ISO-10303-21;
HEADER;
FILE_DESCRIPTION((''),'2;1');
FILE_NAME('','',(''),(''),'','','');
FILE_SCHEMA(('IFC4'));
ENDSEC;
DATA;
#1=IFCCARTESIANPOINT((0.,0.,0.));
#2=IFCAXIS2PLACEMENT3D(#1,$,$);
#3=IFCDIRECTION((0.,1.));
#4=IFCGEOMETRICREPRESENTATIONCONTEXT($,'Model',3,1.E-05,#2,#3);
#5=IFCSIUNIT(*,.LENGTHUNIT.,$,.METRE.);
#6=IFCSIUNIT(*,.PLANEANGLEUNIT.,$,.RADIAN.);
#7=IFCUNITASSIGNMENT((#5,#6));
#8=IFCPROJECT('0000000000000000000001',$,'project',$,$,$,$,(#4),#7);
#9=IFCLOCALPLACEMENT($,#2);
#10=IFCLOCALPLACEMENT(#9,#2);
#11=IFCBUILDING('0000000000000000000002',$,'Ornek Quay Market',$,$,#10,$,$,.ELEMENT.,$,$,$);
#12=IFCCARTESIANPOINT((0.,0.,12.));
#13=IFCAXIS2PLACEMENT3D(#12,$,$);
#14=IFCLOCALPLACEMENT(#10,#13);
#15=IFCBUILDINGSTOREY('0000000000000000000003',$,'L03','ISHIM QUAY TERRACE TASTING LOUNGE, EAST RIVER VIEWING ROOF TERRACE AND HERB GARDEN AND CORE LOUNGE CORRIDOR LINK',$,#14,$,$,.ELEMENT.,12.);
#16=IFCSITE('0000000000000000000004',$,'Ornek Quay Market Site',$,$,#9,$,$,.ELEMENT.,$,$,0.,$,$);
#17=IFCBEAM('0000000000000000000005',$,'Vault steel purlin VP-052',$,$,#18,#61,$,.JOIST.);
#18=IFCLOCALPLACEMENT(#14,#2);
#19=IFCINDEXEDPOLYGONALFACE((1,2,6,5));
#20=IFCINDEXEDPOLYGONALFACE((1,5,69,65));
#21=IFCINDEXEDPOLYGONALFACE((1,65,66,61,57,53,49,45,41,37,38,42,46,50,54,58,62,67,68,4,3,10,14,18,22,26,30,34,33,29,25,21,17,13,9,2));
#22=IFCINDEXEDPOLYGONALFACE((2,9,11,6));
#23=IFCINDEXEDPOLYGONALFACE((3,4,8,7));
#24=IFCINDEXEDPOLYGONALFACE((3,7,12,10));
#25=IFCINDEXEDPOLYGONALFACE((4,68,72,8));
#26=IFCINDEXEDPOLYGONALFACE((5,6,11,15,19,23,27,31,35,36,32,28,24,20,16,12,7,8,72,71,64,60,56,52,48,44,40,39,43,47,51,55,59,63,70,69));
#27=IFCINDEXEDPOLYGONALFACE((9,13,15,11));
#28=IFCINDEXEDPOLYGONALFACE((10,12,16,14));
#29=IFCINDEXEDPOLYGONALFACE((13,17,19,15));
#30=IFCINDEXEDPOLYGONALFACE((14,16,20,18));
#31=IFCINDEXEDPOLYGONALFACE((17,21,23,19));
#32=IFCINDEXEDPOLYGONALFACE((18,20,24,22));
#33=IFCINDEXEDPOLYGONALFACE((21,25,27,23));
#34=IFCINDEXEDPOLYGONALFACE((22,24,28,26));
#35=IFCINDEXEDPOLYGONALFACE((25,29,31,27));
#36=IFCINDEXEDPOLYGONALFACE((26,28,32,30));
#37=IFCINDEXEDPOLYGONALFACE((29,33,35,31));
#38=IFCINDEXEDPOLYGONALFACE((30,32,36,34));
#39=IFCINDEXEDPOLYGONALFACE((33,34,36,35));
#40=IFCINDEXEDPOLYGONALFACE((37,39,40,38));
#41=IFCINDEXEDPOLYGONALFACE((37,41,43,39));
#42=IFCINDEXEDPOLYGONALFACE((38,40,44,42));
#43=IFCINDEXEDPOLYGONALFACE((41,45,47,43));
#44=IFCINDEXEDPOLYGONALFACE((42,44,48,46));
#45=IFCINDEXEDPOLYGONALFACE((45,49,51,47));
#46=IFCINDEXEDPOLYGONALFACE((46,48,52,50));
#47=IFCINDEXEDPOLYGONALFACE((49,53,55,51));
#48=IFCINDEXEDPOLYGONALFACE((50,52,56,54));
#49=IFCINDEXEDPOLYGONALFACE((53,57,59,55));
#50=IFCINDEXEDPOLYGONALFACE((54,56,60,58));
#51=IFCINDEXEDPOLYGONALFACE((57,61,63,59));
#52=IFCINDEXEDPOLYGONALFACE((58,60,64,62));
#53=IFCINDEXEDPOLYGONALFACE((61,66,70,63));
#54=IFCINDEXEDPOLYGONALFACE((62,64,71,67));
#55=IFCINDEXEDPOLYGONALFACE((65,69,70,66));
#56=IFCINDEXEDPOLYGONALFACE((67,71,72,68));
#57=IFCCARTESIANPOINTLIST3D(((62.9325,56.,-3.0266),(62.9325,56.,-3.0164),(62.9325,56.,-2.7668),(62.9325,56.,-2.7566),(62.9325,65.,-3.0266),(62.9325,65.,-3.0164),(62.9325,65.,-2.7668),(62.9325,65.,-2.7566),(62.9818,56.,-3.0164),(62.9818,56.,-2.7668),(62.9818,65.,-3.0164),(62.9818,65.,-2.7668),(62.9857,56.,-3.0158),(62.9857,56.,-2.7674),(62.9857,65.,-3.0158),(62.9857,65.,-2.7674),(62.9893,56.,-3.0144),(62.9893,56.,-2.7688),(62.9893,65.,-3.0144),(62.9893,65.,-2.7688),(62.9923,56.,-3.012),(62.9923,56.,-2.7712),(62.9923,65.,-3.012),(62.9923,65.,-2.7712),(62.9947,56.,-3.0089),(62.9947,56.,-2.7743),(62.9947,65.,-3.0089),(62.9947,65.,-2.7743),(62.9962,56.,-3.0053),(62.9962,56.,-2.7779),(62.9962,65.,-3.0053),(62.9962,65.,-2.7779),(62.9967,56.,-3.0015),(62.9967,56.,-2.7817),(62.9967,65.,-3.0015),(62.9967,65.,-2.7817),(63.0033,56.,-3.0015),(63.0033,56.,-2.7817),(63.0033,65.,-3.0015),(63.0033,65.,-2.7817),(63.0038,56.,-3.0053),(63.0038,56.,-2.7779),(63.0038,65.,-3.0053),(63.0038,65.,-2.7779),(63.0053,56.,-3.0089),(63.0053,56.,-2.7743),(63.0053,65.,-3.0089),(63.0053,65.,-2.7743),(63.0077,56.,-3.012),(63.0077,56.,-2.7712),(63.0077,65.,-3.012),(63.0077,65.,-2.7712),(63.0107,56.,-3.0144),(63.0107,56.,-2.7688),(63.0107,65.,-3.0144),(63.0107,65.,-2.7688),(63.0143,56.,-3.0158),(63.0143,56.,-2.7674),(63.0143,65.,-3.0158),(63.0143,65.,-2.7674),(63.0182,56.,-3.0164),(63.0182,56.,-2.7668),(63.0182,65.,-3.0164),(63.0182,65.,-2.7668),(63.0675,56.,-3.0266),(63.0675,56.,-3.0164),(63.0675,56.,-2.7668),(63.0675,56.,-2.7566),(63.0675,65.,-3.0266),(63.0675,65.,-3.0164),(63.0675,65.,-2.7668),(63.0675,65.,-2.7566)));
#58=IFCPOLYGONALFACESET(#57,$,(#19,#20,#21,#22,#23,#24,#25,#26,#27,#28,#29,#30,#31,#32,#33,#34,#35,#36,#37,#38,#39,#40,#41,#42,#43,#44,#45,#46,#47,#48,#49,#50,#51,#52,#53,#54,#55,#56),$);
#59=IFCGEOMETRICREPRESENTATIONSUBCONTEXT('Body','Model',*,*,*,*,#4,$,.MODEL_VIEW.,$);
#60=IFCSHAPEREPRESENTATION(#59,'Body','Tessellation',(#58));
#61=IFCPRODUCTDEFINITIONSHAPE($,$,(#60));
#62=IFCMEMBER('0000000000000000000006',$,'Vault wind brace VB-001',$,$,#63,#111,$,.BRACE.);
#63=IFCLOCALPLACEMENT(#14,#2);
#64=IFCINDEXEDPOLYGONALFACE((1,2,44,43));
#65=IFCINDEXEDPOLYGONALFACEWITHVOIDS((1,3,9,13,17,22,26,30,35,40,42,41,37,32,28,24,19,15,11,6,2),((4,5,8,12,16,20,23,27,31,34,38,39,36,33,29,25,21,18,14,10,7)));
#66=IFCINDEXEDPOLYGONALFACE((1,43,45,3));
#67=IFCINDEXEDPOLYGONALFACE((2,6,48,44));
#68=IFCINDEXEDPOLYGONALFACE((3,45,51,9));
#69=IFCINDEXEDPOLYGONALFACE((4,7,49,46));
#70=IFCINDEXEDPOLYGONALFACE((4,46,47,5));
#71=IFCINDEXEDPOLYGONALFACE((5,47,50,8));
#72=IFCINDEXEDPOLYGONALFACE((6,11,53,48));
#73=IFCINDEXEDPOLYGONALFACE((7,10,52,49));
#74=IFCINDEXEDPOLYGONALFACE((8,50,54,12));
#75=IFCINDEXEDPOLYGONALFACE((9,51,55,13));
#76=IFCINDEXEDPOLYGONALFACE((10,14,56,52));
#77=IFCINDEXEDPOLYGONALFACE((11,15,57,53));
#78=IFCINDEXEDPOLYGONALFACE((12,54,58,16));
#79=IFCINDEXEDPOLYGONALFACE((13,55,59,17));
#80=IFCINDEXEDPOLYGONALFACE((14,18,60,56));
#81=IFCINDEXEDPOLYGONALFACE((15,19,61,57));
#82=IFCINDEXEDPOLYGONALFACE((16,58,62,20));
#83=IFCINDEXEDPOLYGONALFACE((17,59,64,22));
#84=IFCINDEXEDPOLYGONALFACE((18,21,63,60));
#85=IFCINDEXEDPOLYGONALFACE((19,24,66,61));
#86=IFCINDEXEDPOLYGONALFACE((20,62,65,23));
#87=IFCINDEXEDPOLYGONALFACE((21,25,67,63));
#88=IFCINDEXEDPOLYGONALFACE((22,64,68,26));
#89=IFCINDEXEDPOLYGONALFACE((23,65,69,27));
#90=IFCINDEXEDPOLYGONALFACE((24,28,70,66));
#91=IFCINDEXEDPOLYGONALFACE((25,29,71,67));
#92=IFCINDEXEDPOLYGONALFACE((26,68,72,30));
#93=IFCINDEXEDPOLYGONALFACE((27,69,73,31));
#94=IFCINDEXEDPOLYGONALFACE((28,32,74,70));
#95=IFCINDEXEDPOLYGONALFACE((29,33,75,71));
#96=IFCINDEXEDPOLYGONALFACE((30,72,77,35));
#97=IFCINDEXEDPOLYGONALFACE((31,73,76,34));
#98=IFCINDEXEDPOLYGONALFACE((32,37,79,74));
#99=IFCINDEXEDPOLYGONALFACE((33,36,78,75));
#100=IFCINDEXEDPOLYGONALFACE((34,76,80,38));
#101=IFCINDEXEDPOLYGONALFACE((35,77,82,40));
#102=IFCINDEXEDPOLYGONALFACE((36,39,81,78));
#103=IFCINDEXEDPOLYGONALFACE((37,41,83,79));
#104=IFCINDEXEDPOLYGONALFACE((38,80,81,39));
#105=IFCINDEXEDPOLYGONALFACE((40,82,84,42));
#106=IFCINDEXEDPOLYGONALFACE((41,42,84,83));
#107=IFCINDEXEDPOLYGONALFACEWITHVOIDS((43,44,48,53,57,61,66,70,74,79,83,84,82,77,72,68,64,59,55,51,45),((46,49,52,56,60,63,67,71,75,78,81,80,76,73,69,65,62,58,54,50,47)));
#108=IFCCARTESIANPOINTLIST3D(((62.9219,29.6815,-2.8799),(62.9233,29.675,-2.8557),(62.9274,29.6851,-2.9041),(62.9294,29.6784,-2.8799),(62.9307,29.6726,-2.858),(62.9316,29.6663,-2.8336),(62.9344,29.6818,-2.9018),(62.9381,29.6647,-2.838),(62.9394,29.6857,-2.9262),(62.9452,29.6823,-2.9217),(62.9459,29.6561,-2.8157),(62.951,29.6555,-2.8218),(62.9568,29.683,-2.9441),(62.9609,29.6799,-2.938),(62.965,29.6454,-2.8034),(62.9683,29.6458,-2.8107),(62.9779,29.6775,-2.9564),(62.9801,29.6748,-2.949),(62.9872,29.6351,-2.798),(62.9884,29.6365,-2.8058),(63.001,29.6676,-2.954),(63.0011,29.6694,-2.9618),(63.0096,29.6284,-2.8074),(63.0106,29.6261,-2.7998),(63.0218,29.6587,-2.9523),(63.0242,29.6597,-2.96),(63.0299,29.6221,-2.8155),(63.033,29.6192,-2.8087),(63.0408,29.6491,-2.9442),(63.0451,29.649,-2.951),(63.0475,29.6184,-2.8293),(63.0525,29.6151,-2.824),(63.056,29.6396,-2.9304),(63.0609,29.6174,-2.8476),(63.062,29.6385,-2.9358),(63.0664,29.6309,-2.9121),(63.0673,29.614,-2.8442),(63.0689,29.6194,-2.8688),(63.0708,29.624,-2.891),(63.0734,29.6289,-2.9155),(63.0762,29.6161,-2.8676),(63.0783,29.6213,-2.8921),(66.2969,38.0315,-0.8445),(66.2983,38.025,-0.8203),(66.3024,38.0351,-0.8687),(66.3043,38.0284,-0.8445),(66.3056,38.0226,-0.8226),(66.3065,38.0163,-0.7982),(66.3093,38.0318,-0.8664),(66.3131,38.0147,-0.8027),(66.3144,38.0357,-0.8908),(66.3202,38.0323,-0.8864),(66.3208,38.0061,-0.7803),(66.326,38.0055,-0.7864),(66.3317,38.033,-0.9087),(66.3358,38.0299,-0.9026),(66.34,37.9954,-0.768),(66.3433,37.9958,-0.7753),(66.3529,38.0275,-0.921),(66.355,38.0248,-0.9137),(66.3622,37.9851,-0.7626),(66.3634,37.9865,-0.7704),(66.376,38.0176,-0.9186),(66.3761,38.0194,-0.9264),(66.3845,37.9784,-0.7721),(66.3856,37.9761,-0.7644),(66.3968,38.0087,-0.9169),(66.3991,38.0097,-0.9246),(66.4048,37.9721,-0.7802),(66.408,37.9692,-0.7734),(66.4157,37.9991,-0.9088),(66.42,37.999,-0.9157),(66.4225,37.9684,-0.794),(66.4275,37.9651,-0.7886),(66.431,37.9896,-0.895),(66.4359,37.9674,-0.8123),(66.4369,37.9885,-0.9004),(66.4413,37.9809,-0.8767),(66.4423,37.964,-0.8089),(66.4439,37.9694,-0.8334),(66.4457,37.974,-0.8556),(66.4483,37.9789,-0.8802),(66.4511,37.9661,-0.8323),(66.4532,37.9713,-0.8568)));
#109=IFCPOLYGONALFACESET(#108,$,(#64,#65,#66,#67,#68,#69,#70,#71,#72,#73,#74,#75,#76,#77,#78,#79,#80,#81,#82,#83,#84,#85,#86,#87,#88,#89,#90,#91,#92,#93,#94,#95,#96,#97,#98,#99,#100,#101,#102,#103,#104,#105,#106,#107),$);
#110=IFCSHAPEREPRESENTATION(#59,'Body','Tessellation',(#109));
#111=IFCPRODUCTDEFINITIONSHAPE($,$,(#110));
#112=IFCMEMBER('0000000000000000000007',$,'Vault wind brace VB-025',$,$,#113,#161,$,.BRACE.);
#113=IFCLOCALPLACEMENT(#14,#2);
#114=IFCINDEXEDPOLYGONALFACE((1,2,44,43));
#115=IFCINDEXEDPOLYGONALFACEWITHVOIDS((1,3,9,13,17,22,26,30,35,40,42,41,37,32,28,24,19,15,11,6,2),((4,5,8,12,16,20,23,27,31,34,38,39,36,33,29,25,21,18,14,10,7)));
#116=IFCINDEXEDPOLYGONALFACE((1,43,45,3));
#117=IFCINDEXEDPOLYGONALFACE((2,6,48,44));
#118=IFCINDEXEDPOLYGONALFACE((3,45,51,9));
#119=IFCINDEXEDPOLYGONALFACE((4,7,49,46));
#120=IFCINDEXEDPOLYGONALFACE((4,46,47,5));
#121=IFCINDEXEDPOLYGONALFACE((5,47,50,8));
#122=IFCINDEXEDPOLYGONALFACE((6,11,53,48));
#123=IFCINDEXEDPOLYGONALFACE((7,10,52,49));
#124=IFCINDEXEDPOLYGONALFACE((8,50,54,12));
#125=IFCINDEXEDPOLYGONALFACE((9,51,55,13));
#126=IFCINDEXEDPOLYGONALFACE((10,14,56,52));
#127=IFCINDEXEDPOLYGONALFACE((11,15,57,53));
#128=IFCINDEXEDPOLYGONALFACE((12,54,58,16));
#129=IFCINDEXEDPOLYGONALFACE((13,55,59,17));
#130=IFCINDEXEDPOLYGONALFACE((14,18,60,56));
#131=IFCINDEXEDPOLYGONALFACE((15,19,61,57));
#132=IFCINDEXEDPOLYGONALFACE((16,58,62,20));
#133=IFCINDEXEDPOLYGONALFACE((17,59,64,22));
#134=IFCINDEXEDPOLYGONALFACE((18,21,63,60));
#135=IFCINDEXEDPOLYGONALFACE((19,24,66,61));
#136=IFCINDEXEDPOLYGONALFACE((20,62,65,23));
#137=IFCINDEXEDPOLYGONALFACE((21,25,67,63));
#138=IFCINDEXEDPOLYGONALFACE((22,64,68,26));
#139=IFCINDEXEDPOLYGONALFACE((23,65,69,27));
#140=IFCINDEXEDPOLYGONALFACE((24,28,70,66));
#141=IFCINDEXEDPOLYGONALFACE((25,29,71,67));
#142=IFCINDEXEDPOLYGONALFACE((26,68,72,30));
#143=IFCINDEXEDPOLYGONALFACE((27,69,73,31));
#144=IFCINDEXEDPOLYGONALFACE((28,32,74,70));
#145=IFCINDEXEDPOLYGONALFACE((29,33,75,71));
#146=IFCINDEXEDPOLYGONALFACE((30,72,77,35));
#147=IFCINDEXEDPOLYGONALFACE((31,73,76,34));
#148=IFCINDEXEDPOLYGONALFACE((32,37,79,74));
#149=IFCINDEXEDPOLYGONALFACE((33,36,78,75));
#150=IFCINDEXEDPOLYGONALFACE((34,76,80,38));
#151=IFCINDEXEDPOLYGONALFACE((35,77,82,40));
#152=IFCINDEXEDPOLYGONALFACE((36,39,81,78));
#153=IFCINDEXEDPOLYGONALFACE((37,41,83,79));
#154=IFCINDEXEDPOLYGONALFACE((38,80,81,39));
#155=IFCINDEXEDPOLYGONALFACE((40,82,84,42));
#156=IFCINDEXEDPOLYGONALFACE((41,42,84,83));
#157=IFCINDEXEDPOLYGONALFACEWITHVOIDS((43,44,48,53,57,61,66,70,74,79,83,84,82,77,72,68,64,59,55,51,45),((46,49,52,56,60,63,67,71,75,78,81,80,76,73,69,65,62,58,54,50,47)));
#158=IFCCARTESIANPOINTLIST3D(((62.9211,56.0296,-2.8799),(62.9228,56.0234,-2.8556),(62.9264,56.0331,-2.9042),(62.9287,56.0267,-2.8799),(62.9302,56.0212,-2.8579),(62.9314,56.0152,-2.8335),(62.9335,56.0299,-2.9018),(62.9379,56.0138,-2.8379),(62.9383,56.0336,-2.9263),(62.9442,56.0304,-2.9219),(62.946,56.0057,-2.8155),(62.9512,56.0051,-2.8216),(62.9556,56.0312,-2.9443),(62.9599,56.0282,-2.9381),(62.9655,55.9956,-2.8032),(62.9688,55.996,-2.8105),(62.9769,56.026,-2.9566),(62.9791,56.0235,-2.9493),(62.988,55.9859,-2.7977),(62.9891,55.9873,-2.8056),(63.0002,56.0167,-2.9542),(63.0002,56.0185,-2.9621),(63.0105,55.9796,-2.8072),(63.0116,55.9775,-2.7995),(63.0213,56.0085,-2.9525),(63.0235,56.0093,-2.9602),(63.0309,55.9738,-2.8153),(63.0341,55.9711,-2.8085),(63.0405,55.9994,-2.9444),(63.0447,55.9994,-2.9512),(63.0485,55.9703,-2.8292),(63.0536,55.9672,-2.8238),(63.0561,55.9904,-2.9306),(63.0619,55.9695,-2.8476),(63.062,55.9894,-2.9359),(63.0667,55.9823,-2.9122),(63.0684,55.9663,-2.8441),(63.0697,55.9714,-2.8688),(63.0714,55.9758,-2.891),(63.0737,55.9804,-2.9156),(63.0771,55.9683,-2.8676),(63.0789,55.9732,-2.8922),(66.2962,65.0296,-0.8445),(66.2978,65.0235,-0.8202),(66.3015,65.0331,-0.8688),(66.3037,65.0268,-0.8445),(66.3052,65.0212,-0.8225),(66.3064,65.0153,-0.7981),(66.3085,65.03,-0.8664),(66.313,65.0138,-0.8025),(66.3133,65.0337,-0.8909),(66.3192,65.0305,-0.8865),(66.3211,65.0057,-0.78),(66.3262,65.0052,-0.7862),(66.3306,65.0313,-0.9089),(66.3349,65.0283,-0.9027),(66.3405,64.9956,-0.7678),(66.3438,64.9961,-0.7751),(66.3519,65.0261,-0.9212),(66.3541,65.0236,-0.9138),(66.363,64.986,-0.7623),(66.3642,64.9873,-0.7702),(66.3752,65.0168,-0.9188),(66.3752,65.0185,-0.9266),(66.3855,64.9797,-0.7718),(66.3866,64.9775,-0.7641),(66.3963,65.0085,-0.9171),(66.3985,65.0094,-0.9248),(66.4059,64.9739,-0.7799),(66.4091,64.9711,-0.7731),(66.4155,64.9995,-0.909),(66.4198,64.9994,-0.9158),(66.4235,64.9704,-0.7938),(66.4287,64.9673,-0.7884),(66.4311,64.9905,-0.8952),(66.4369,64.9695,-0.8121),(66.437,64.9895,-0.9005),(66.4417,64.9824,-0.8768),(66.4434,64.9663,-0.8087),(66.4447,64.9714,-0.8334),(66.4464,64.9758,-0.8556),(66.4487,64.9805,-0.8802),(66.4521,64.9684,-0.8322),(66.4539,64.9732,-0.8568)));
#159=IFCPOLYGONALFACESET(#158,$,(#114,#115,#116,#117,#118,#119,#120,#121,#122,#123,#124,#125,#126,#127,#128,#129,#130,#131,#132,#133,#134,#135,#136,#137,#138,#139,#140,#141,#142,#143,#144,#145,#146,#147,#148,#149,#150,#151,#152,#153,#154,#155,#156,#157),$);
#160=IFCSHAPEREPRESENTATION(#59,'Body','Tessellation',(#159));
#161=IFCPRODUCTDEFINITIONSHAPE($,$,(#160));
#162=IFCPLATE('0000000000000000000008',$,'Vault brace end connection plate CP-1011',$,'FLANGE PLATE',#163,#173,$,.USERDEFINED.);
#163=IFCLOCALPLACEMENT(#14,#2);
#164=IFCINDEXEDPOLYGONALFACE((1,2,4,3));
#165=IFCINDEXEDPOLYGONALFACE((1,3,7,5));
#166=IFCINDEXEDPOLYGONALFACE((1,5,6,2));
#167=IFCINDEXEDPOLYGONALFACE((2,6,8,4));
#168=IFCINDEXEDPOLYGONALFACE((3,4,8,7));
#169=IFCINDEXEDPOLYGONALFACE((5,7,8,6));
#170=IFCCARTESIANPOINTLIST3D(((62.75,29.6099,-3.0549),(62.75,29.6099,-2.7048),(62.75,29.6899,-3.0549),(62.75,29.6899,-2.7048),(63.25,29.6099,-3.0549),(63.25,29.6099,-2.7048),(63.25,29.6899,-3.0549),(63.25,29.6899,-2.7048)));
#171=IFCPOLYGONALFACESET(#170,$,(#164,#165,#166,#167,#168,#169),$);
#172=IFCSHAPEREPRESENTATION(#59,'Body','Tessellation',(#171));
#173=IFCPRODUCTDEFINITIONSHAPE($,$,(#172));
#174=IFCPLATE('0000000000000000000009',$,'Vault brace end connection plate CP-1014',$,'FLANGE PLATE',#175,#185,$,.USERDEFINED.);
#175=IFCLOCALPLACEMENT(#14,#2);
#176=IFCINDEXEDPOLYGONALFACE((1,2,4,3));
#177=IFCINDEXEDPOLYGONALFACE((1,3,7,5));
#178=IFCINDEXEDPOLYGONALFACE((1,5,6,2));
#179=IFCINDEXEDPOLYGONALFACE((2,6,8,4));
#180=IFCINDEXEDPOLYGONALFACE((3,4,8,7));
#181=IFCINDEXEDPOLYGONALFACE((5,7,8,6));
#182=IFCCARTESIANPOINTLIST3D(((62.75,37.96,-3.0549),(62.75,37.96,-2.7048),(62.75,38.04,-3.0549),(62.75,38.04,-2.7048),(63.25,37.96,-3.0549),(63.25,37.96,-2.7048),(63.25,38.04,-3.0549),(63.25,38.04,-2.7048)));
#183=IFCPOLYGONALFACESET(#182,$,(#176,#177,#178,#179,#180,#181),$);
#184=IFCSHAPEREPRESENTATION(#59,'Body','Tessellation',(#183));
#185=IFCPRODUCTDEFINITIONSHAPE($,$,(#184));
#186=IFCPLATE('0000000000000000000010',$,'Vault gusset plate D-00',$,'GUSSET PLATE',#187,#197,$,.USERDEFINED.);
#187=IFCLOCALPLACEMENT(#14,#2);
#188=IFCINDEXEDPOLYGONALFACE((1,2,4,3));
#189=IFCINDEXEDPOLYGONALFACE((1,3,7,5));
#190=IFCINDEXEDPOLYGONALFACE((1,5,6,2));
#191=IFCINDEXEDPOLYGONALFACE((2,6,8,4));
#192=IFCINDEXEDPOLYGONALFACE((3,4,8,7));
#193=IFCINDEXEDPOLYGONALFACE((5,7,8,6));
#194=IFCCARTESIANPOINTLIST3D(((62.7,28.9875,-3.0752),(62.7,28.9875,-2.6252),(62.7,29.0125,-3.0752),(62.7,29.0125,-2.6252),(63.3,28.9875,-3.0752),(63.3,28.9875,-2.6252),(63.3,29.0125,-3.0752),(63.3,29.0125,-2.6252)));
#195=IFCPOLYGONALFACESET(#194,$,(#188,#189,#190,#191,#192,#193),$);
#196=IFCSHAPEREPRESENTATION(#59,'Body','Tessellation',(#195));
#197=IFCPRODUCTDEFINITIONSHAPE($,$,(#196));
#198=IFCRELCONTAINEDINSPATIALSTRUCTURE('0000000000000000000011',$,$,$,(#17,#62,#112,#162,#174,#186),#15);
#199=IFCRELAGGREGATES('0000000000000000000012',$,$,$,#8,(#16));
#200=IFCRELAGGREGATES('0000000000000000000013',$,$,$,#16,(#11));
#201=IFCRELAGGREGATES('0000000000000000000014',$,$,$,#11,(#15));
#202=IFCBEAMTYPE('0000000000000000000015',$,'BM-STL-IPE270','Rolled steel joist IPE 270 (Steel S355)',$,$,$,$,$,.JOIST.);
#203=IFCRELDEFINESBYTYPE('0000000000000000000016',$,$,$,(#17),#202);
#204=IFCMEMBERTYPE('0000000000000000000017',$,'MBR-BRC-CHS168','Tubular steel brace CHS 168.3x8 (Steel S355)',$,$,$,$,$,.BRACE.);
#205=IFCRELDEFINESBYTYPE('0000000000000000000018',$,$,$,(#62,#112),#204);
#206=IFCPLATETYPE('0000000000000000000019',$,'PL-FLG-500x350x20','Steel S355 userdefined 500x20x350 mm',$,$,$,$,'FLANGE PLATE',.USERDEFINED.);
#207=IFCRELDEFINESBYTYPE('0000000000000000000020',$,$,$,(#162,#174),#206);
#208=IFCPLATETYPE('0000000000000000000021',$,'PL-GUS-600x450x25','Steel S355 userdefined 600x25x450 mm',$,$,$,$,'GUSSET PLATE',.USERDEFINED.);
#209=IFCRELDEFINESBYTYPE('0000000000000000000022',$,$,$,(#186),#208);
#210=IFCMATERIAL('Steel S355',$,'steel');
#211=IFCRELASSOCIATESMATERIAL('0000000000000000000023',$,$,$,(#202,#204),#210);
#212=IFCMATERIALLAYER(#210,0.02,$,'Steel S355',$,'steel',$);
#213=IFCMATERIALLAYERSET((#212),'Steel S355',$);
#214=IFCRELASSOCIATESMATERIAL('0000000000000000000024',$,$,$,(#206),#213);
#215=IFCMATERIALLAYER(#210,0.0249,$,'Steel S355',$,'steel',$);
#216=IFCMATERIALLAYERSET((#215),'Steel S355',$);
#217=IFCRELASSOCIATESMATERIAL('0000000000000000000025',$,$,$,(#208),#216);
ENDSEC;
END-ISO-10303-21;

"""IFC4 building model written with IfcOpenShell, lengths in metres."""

from ifc_helpers import new_model, si_unit, direction, frame, origin, origin_2d, place, context, subcontext, project, spatial, rectangle, hollow_circle, i_section, extrude, material, layer, layer_set, material_profile, profile_set, type_object, element, save


model = new_model("IFC4")

# Units and contexts
model_context = context("Model", 3, precision=1e-05, world=origin(), true_north=direction((0.0, 1.0)))
body_context = subcontext(model_context, "Body", "Model", "MODEL_VIEW")
ifc_project = project(units=[si_unit("LENGTHUNIT", "METRE"), si_unit("PLANEANGLEUNIT", "RADIAN")], contexts=[model_context])

# Site, building, storey
site_placement = place(None, origin())
site = spatial("IfcSite", under=ifc_project, at=site_placement, Name="Ornek Quay Market Site", CompositionType="ELEMENT", RefElevation=0.0)
building_placement = place(site_placement, origin())
building = spatial("IfcBuilding", under=site, at=building_placement, Name="Ornek Quay Market", CompositionType="ELEMENT")
storey_placement = place(building_placement, frame((0.0, 0.0, 12.0)))
storey = spatial("IfcBuildingStorey", under=building, at=storey_placement, Name="L03", Description="ISHIM QUAY TERRACE TASTING LOUNGE, EAST RIVER VIEWING ROOF TERRACE AND HERB GARDEN AND CORE LOUNGE CORRIDOR LINK", CompositionType="ELEMENT", Elevation=12.0)

# Beam
ifc_material_1 = material(Name="Steel S355", Category="steel")
ifc_material_profile_1 = material_profile(ifc_material_1, i_section(OverallWidth=0.135, OverallDepth=0.27, WebThickness=0.0066, FlangeThickness=0.0103, FilletRadius=0.0149, at=origin_2d()), Name="IPE 270", Category="steel")
ifc_profile_set_1 = profile_set([ifc_material_profile_1], Name="Steel S355")
beam_type = type_object("IfcBeamType", Name="BM-STL-IPE270", Description="Rolled steel joist IPE 270 (Steel S355)", PredefinedType="JOIST", material=ifc_profile_set_1)
for number, where, z_axis, x_axis, name in (
    (1, (63.0, 56.0, -2.8916), (0.0, 1.0, 0.0), (-1.0, 0.0, 0.0), "Vault steel purlin VP-052"),
):
    element("IfcBeam", number, at=place(storey_placement, frame(where, z_axis=z_axis, x_axis=x_axis)), inside=storey, type_object=beam_type, Name=name, PredefinedType="JOIST", context=body_context, shape_type="SweptSolid", body=[
        extrude(i_section(OverallWidth=0.135, OverallDepth=0.27, WebThickness=0.0066, FlangeThickness=0.0103, FilletRadius=0.0149, at=origin_2d()), origin(), (0.0, 0.0, 1.0), 9.0),
    ])

# Members
ifc_material_profile_2 = material_profile(ifc_material_1, hollow_circle(Radius=0.0842, WallThickness=0.0081, at=origin_2d()), Name="CHS 168.3x8", Category="steel")
ifc_profile_set_2 = profile_set([ifc_material_profile_2], Name="Steel S355")
member_type = type_object("IfcMemberType", Name="MBR-BRC-CHS168", Description="Tubular steel brace CHS 168.3x8 (Steel S355)", PredefinedType="BRACE", material=ifc_profile_set_2)
member_1_placement = place(storey_placement, frame((63.0, 29.6499, -2.8799), z_axis=(0.365517, 0.904326, 0.220436), x_axis=(-0.927132, 0.374735, 0.0)))
element("IfcMember", 2, at=member_1_placement, inside=storey, type_object=member_type, Name="Vault wind brace VB-001", PredefinedType="BRACE", context=body_context, shape_type="SweptSolid", body=[
    extrude(hollow_circle(Radius=0.0842, WallThickness=0.0081, at=origin_2d()), origin(), (0.0, 0.0, 1.0), 9.2334),
])
member_2_placement = place(storey_placement, frame((63.0, 56.0, -2.8799), z_axis=(0.343506, 0.916017, 0.207162), x_axis=(-0.936329, 0.351123, 0.0)))
element("IfcMember", 3, at=member_2_placement, inside=storey, type_object=member_type, Name="Vault wind brace VB-025", PredefinedType="BRACE", context=body_context, shape_type="SweptSolid", body=[
    extrude(hollow_circle(Radius=0.0842, WallThickness=0.0081, at=origin_2d()), origin(), (0.0, 0.0, 1.0), 9.8252),
])

# Plates
ifc_layer_1 = layer(ifc_material_1, 0.02, Name="Steel S355", Category="steel")
ifc_layer_set_1 = layer_set([ifc_layer_1], Name="Steel S355")
plate_type_1 = type_object("IfcPlateType", Name="PL-FLG-500x350x20", Description="Steel S355 userdefined 500x20x350 mm", ElementType="FLANGE PLATE", PredefinedType="USERDEFINED", material=ifc_layer_set_1)
for number, where, z_axis, x_axis, name in (
    (4, (63.0, 29.6499, -3.0549), (0.0, 0.0, 1.0), (1.0, 0.0, 0.0), "Vault brace end connection plate CP-1011"),
    (5, (63.0, 38.0, -3.0549), (0.0, 0.0, 1.0), (1.0, 0.0, 0.0), "Vault brace end connection plate CP-1014"),
):
    element("IfcPlate", number, at=place(storey_placement, frame(where, z_axis=z_axis, x_axis=x_axis)), inside=storey, type_object=plate_type_1, Name=name, ObjectType="FLANGE PLATE", PredefinedType="USERDEFINED", context=body_context, shape_type="SweptSolid", body=[
        extrude(rectangle(XDim=0.5, YDim=0.0801, at=origin_2d()), origin(), (0.0, 0.0, 1.0), 0.3501),
    ])
ifc_layer_2 = layer(ifc_material_1, 0.0249, Name="Steel S355", Category="steel")
ifc_layer_set_2 = layer_set([ifc_layer_2], Name="Steel S355")
plate_type_2 = type_object("IfcPlateType", Name="PL-GUS-600x450x25", Description="Steel S355 userdefined 600x25x450 mm", ElementType="GUSSET PLATE", PredefinedType="USERDEFINED", material=ifc_layer_set_2)
plate_placement = place(storey_placement, frame((63.0, 29.0, -3.0752), z_axis=(0.0, 0.0, 1.0), x_axis=(1.0, 0.0, 0.0)))
element("IfcPlate", 6, at=plate_placement, inside=storey, type_object=plate_type_2, Name="Vault gusset plate D-00", ObjectType="GUSSET PLATE", PredefinedType="USERDEFINED", context=body_context, shape_type="SweptSolid", body=[
    extrude(rectangle(XDim=0.6001, YDim=0.0249, at=origin_2d()), origin(), (0.0, 0.0, 1.0), 0.45),
])

save(model, "model.ifc")
